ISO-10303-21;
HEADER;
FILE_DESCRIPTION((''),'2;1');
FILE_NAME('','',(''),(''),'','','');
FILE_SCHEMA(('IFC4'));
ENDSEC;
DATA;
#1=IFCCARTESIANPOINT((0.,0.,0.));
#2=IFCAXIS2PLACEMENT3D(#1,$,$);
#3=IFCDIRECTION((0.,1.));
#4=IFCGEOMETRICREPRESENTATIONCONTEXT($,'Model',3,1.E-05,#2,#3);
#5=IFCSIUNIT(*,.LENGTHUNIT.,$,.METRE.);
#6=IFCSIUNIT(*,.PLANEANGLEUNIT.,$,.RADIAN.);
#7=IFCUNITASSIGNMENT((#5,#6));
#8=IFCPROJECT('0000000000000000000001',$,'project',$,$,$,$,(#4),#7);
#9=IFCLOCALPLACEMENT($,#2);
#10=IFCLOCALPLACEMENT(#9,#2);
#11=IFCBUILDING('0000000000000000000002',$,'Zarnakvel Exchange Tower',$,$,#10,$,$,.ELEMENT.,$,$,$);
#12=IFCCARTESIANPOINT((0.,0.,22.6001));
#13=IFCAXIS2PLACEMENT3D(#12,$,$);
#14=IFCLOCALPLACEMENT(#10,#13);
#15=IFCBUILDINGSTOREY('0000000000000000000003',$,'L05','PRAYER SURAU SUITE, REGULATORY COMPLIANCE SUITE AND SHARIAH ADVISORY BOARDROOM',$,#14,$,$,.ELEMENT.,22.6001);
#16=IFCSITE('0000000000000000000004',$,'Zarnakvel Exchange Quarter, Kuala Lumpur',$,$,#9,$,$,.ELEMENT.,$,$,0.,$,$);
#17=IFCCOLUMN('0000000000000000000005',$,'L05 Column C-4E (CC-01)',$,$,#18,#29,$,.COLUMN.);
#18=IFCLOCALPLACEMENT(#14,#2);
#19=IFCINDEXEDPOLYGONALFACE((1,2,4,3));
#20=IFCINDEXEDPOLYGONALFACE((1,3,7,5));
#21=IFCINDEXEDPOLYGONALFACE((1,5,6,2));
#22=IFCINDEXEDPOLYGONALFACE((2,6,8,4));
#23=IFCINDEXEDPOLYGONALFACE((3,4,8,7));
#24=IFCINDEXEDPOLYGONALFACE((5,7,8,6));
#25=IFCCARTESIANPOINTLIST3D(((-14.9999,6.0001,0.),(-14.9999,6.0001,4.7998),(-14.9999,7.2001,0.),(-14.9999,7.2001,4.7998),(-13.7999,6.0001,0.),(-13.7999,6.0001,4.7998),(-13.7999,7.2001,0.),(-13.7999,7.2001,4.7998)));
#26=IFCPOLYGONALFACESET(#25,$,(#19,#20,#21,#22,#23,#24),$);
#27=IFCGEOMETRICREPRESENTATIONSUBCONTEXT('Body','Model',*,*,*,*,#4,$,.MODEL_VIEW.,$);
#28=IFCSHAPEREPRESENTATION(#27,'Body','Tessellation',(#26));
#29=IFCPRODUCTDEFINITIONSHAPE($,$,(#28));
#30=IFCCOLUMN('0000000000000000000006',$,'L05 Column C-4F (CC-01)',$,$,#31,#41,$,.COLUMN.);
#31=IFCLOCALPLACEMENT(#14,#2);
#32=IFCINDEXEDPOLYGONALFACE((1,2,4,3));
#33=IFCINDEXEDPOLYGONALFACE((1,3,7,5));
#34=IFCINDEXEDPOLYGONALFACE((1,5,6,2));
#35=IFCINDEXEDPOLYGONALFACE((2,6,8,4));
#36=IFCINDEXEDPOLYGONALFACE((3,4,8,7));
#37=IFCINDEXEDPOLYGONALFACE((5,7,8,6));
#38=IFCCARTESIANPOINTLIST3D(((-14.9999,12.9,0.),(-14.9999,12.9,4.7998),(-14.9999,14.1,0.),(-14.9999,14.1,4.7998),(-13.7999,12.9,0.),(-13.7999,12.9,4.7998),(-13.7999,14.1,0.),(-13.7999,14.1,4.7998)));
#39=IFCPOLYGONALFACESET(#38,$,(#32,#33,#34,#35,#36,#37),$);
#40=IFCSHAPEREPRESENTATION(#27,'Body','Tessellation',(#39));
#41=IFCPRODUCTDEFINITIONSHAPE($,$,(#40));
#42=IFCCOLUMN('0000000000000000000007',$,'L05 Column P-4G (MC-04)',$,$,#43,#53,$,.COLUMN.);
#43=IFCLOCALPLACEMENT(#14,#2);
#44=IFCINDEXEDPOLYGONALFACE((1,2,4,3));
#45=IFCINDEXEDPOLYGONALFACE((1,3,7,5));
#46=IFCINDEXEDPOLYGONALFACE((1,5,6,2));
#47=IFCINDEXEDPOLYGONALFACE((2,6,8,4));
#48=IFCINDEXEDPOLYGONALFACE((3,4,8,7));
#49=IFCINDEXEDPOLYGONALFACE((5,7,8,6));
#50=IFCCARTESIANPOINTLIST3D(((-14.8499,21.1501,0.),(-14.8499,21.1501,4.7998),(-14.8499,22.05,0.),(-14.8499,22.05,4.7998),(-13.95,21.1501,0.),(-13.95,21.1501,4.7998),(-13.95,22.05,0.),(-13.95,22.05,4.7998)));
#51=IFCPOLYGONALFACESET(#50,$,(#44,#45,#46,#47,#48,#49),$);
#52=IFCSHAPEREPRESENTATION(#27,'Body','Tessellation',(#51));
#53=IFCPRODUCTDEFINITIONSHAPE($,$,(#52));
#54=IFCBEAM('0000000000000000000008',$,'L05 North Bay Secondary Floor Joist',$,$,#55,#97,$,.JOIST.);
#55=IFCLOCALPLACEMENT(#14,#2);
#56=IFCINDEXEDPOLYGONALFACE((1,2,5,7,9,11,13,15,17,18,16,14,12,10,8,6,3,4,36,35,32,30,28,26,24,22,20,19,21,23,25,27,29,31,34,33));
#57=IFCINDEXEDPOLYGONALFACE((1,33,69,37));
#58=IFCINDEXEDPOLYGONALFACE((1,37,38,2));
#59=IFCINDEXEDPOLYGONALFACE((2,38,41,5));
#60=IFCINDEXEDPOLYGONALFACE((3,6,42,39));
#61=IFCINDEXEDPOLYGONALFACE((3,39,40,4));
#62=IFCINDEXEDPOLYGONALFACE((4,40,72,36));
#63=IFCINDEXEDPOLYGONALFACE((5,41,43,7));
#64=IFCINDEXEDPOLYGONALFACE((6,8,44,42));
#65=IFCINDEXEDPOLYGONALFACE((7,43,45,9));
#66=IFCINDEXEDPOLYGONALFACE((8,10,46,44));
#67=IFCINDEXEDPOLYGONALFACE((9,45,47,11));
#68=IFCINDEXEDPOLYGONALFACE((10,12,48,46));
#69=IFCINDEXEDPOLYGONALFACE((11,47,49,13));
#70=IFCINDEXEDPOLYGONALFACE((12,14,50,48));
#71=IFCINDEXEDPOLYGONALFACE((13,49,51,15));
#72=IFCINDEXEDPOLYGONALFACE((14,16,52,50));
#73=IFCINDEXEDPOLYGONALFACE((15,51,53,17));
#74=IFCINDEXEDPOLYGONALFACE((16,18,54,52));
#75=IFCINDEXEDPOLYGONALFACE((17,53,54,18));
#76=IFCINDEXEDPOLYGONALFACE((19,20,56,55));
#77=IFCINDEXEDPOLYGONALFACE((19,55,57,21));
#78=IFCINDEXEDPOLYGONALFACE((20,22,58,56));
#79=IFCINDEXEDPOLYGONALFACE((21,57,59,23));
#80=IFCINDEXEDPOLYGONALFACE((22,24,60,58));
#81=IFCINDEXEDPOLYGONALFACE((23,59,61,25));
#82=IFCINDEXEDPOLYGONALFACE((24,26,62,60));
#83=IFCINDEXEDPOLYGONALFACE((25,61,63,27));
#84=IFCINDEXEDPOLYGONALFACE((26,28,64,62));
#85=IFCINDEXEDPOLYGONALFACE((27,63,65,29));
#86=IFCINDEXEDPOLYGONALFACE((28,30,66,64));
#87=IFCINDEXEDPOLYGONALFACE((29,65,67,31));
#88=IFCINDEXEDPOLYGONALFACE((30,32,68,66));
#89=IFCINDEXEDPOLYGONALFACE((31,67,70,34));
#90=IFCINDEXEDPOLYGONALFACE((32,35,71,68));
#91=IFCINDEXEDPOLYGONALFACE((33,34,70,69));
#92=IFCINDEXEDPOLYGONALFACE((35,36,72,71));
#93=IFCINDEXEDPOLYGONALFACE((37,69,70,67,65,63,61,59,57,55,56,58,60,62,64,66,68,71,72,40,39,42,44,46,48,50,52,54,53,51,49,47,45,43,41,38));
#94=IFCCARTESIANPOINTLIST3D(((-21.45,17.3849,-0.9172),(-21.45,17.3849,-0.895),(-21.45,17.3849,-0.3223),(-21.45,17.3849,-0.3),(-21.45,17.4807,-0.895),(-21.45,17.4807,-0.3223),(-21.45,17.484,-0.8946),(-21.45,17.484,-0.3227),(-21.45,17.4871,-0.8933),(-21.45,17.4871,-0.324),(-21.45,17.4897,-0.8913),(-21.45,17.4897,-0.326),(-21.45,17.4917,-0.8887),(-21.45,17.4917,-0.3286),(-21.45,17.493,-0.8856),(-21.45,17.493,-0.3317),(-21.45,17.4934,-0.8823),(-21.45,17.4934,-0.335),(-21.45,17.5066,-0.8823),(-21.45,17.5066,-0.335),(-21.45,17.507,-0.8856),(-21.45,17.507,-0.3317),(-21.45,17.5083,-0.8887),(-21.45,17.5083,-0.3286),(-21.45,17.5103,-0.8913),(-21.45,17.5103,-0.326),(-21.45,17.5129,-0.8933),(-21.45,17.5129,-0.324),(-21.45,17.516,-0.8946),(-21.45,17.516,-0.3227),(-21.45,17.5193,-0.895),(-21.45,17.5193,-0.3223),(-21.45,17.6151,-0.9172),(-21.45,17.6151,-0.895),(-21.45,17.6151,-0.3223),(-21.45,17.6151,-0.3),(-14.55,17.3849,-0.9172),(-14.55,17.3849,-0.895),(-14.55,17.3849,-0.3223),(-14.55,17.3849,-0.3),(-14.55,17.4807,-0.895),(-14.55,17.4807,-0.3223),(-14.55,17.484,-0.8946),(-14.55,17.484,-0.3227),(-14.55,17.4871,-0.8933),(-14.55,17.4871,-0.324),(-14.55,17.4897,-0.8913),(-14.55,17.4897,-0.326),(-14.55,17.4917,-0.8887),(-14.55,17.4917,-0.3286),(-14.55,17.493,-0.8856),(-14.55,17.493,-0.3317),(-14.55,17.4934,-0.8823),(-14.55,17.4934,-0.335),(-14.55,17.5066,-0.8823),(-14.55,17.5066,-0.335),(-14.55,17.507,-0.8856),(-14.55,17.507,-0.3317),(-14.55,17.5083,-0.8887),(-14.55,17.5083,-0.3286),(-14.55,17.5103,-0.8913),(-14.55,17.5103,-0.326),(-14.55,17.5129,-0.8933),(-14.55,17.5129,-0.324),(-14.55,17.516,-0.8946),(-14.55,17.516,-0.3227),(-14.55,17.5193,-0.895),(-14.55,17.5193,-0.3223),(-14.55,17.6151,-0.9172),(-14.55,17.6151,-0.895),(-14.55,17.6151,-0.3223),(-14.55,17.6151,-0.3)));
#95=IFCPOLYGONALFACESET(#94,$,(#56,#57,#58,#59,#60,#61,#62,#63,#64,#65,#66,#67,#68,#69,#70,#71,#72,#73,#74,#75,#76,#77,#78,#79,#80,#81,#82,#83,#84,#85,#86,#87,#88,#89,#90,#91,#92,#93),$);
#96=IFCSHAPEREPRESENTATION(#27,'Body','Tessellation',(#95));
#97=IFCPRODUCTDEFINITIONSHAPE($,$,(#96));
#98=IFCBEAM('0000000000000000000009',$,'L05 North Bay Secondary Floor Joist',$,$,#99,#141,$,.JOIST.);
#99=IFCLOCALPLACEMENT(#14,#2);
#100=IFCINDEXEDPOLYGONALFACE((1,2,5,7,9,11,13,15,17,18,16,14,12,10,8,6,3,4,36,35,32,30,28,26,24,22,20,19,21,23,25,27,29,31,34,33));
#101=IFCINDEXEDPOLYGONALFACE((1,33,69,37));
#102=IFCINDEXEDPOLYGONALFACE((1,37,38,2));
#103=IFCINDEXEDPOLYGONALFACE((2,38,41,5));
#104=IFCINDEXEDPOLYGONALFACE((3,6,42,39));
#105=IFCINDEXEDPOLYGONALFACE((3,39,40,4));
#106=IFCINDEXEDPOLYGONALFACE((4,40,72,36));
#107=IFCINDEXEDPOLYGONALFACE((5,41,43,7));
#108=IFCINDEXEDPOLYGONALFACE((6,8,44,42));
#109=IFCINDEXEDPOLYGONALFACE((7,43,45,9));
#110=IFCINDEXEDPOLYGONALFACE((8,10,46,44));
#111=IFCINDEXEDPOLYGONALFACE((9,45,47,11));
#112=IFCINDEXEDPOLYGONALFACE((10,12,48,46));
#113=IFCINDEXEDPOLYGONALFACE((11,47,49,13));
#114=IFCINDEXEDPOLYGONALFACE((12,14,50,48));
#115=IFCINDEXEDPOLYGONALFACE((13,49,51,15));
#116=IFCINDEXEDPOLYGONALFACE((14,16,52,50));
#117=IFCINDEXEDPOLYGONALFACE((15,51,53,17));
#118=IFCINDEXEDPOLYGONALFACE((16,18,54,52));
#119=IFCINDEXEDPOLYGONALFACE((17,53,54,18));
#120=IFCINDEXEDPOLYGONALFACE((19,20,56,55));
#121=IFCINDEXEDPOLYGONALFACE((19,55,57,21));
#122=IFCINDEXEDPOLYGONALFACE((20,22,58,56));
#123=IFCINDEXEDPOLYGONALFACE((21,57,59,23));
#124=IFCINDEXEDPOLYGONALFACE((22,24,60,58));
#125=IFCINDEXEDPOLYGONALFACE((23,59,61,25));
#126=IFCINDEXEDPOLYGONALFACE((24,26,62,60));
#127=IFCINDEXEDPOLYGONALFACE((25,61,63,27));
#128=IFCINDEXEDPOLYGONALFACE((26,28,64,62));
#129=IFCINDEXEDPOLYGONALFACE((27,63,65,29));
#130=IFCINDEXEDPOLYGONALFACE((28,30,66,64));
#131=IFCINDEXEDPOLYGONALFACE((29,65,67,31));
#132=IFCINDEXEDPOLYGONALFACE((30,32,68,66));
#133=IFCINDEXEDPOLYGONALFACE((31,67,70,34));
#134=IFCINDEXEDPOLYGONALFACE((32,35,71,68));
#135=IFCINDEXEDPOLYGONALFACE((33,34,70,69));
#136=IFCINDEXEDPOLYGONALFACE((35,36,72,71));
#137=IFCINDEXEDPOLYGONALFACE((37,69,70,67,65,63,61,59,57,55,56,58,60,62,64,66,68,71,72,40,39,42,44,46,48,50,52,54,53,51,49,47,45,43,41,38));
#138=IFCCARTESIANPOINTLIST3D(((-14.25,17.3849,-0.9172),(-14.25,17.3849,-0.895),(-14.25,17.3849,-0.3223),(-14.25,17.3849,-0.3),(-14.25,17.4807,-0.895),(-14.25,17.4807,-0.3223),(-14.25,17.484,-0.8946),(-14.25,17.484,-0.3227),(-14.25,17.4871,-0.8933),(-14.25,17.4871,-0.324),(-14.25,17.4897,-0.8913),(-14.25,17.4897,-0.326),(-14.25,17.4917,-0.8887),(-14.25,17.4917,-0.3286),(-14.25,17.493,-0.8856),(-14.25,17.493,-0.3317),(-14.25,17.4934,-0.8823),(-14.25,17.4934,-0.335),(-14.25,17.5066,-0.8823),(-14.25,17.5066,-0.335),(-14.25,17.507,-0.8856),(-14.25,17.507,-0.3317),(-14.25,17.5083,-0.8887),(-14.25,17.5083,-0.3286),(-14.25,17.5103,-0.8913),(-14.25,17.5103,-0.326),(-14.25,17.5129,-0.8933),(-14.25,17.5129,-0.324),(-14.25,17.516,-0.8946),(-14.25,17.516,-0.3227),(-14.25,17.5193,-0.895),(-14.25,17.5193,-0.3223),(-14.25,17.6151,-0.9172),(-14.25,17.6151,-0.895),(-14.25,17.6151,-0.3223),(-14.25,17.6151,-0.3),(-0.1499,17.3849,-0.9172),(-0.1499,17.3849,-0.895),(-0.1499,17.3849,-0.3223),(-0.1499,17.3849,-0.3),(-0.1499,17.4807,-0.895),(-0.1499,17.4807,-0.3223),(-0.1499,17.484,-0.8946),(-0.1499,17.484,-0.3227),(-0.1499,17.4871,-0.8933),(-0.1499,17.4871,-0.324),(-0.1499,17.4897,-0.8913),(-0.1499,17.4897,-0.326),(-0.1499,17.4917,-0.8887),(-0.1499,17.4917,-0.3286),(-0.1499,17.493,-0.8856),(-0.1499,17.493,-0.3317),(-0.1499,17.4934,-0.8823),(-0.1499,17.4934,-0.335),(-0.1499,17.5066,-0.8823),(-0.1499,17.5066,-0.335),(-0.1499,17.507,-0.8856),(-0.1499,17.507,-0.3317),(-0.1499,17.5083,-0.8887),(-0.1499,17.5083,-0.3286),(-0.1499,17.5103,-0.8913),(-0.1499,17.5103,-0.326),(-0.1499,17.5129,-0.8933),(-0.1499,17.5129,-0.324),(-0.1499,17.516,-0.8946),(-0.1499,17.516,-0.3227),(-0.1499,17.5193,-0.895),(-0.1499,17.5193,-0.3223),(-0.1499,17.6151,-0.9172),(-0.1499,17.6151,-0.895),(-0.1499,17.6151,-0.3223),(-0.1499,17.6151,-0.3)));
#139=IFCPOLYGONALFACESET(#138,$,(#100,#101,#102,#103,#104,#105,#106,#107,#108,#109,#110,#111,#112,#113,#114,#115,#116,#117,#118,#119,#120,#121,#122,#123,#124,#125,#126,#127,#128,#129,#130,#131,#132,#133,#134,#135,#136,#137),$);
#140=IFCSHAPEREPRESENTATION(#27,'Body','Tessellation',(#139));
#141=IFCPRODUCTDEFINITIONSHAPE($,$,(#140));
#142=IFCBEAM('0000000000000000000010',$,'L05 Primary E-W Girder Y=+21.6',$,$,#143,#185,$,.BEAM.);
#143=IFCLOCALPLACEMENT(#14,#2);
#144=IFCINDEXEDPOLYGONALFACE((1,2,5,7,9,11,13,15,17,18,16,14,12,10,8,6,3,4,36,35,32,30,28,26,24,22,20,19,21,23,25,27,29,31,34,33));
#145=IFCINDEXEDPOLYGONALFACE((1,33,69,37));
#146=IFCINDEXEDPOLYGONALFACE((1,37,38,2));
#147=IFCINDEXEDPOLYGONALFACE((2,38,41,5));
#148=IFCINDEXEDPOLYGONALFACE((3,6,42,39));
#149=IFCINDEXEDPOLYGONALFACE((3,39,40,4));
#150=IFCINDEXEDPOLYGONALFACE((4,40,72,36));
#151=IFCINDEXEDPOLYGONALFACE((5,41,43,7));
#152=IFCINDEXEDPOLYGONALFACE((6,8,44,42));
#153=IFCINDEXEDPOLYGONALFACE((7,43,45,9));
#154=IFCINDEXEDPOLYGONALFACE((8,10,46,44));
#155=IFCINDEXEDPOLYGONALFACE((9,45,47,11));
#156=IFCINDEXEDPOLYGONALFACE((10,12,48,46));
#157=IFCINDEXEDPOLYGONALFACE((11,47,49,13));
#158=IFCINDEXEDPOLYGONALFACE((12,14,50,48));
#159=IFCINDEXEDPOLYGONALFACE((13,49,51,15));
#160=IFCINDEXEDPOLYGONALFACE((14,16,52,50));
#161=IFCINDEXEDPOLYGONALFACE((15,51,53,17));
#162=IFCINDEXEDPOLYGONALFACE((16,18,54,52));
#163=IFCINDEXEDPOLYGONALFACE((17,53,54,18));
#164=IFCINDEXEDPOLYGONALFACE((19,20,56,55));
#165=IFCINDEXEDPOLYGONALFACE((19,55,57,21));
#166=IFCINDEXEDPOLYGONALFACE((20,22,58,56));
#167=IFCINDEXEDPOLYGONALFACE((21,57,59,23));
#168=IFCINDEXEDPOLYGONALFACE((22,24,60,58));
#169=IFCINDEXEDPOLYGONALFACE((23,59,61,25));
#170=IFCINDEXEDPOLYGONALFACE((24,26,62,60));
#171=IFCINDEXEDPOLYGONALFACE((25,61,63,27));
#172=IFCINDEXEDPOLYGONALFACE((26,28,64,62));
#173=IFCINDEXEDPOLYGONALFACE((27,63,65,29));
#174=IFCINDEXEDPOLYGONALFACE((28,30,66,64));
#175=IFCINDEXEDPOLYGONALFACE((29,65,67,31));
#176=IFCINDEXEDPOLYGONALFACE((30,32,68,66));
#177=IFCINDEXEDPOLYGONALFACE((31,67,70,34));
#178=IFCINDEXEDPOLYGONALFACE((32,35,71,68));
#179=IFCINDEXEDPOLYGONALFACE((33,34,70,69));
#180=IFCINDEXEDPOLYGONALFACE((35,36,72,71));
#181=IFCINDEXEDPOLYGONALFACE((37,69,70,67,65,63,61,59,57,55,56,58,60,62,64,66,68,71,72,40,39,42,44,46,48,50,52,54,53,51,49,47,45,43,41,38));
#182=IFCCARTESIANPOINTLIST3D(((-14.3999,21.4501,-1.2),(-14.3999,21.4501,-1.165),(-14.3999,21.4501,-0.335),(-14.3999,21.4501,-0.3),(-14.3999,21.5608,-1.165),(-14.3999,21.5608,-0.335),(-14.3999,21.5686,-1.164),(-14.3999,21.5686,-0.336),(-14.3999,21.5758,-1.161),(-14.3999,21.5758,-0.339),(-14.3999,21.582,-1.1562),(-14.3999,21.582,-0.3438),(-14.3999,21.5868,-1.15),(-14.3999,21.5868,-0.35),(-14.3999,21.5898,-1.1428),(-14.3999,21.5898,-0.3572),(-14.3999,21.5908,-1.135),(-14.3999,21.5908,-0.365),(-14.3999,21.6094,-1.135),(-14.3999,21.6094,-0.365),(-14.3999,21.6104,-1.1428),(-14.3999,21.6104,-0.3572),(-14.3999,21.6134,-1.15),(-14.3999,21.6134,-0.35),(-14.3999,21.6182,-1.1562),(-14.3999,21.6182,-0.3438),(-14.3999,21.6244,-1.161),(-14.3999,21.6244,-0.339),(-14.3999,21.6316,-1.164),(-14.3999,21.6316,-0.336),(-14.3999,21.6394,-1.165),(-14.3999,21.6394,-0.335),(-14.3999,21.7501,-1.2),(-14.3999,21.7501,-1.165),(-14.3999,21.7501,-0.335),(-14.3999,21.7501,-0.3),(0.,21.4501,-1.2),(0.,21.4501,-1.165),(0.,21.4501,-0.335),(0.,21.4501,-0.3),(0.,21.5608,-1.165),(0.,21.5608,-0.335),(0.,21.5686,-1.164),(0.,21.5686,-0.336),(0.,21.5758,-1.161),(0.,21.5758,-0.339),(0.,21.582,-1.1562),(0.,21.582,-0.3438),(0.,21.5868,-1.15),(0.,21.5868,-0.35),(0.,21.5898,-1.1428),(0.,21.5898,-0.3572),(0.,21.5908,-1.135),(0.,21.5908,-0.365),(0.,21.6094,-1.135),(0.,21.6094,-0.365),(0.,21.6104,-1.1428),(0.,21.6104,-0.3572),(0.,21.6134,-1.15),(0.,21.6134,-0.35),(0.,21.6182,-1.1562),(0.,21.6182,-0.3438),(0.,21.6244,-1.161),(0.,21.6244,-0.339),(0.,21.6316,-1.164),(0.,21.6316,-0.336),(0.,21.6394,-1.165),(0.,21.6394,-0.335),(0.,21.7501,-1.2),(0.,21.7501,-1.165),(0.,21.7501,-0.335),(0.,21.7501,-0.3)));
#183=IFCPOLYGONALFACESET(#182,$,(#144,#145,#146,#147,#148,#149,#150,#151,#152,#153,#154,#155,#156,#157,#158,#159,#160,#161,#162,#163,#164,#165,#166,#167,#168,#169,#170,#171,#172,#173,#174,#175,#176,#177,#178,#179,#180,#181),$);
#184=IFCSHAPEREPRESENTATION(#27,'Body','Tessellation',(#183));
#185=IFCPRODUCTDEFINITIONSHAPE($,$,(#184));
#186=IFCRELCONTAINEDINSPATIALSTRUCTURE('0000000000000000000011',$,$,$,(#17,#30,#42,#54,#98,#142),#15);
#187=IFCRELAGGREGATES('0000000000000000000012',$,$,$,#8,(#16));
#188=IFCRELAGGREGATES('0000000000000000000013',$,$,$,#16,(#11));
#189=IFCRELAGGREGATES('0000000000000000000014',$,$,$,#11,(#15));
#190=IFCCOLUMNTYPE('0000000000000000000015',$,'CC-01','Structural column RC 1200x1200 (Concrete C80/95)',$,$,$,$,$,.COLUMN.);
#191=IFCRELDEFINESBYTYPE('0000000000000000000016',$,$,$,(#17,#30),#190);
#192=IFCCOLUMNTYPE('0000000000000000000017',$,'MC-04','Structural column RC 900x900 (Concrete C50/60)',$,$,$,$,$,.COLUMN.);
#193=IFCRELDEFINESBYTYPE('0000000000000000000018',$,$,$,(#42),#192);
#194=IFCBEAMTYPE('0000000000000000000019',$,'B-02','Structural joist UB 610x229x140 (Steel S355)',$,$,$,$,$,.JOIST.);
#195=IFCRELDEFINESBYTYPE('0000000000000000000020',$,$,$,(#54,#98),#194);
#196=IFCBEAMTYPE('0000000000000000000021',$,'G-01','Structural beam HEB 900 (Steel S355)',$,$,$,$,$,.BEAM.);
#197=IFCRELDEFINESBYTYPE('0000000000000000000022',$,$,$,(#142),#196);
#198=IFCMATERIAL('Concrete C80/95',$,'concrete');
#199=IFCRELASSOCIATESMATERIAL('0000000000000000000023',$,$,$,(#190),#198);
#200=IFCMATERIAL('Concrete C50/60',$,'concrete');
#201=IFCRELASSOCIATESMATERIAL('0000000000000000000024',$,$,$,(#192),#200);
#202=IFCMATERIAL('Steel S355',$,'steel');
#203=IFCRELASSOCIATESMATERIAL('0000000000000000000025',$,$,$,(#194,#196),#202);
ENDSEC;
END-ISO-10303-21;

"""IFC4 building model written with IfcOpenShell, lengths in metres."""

from ifc_helpers import new_model, si_unit, direction, frame, origin, origin_2d, place, context, subcontext, project, spatial, rectangle, i_section, extrude, material, material_profile, profile_set, type_object, element, save


model = new_model("IFC4")

# Units and contexts
model_context = context("Model", 3, precision=1e-05, world=origin(), true_north=direction((0.0, 1.0)))
body_context = subcontext(model_context, "Body", "Model", "MODEL_VIEW")
ifc_project = project(units=[si_unit("LENGTHUNIT", "METRE"), si_unit("PLANEANGLEUNIT", "RADIAN")], contexts=[model_context])

# Site, building, storey
site_placement = place(None, origin())
site = spatial("IfcSite", under=ifc_project, at=site_placement, Name="Zarnakvel Exchange Quarter, Kuala Lumpur", CompositionType="ELEMENT", RefElevation=0.0)
building_placement = place(site_placement, origin())
building = spatial("IfcBuilding", under=site, at=building_placement, Name="Zarnakvel Exchange Tower", CompositionType="ELEMENT")
storey_placement = place(building_placement, frame((0.0, 0.0, 22.6001)))
storey = spatial("IfcBuildingStorey", under=building, at=storey_placement, Name="L05", Description="PRAYER SURAU SUITE, REGULATORY COMPLIANCE SUITE AND SHARIAH ADVISORY BOARDROOM", CompositionType="ELEMENT", Elevation=22.6001)

# Columns
ifc_material_1 = material(Name="Concrete C80/95", Category="concrete")
ifc_material_profile_1 = material_profile(ifc_material_1, rectangle(XDim=1.2, YDim=1.2, at=origin_2d()))
ifc_profile_set_1 = profile_set([ifc_material_profile_1], Name="Concrete C80/95")
column_type_1 = type_object("IfcColumnType", Name="CC-01", Description="Structural column RC 1200x1200 (Concrete C80/95)", PredefinedType="COLUMN", material=ifc_profile_set_1)
for number, where, z_axis, x_axis, name in (
    (1, (-14.3999, 6.6001, 0.0), (0.0, 0.0, 1.0), (1.0, 0.0, 0.0), "L05 Column C-4E (CC-01)"),
    (2, (-14.3999, 13.5, 0.0), (0.0, 0.0, 1.0), (1.0, 0.0, 0.0), "L05 Column C-4F (CC-01)"),
):
    element("IfcColumn", number, at=place(storey_placement, frame(where, z_axis=z_axis, x_axis=x_axis)), inside=storey, type_object=column_type_1, Name=name, PredefinedType="COLUMN", context=body_context, shape_type="SweptSolid", body=[
        extrude(rectangle(XDim=1.2, YDim=1.2, at=origin_2d()), origin(), (0.0, 0.0, 1.0), 4.7998),
    ])
ifc_material_2 = material(Name="Concrete C50/60", Category="concrete")
ifc_material_profile_2 = material_profile(ifc_material_2, rectangle(XDim=0.8999, YDim=0.8999, at=origin_2d()))
ifc_profile_set_2 = profile_set([ifc_material_profile_2], Name="Concrete C50/60")
column_type_2 = type_object("IfcColumnType", Name="MC-04", Description="Structural column RC 900x900 (Concrete C50/60)", PredefinedType="COLUMN", material=ifc_profile_set_2)
column_placement = place(storey_placement, frame((-14.3999, 21.6001, 0.0), z_axis=(0.0, 0.0, 1.0), x_axis=(1.0, 0.0, 0.0)))
element("IfcColumn", 3, at=column_placement, inside=storey, type_object=column_type_2, Name="L05 Column P-4G (MC-04)", PredefinedType="COLUMN", context=body_context, shape_type="SweptSolid", body=[
    extrude(rectangle(XDim=0.8999, YDim=0.8999, at=origin_2d()), origin(), (0.0, 0.0, 1.0), 4.7998),
])

# Beams
ifc_material_3 = material(Name="Steel S355", Category="steel")
ifc_material_profile_3 = material_profile(ifc_material_3, i_section(OverallWidth=0.2302, OverallDepth=0.6172, WebThickness=0.0132, FlangeThickness=0.0222, FilletRadius=0.0127, at=origin_2d()))
ifc_profile_set_3 = profile_set([ifc_material_profile_3], Name="Steel S355")
beam_type_1 = type_object("IfcBeamType", Name="B-02", Description="Structural joist UB 610x229x140 (Steel S355)", PredefinedType="JOIST", material=ifc_profile_set_3)
beam_1_placement = place(storey_placement, frame((-21.45, 17.5, -0.6086), z_axis=(1.0, 0.0, 0.0), x_axis=(0.0, 1.0, 0.0)))
element("IfcBeam", 4, at=beam_1_placement, inside=storey, type_object=beam_type_1, Name="L05 North Bay Secondary Floor Joist", PredefinedType="JOIST", context=body_context, shape_type="SweptSolid", body=[
    extrude(i_section(OverallWidth=0.2302, OverallDepth=0.6172, WebThickness=0.0132, FlangeThickness=0.0222, FilletRadius=0.0127, at=origin_2d()), origin(), (0.0, 0.0, 1.0), 6.8999),
])
beam_2_placement = place(storey_placement, frame((-14.25, 17.5, -0.6086), z_axis=(1.0, 0.0, 0.0), x_axis=(0.0, 1.0, 0.0)))
element("IfcBeam", 5, at=beam_2_placement, inside=storey, type_object=beam_type_1, Name="L05 North Bay Secondary Floor Joist", PredefinedType="JOIST", context=body_context, shape_type="SweptSolid", body=[
    extrude(i_section(OverallWidth=0.2302, OverallDepth=0.6172, WebThickness=0.0132, FlangeThickness=0.0222, FilletRadius=0.0127, at=origin_2d()), origin(), (0.0, 0.0, 1.0), 14.1001),
])
ifc_material_profile_4 = material_profile(ifc_material_3, i_section(OverallWidth=0.3, OverallDepth=0.8999, WebThickness=0.0186, FlangeThickness=0.0349, FilletRadius=0.03, at=origin_2d()))
ifc_profile_set_4 = profile_set([ifc_material_profile_4], Name="Steel S355")
beam_type_2 = type_object("IfcBeamType", Name="G-01", Description="Structural beam HEB 900 (Steel S355)", PredefinedType="BEAM", material=ifc_profile_set_4)
beam_3_placement = place(storey_placement, frame((-14.3999, 21.6001, -0.75), z_axis=(1.0, 0.0, 0.0), x_axis=(0.0, 1.0, 0.0)))
element("IfcBeam", 6, at=beam_3_placement, inside=storey, type_object=beam_type_2, Name="L05 Primary E-W Girder Y=+21.6", PredefinedType="BEAM", context=body_context, shape_type="SweptSolid", body=[
    extrude(i_section(OverallWidth=0.3, OverallDepth=0.8999, WebThickness=0.0186, FlangeThickness=0.0349, FilletRadius=0.03, at=origin_2d()), origin(), (0.0, 0.0, 1.0), 14.3999),
])

save(model, "model.ifc")
